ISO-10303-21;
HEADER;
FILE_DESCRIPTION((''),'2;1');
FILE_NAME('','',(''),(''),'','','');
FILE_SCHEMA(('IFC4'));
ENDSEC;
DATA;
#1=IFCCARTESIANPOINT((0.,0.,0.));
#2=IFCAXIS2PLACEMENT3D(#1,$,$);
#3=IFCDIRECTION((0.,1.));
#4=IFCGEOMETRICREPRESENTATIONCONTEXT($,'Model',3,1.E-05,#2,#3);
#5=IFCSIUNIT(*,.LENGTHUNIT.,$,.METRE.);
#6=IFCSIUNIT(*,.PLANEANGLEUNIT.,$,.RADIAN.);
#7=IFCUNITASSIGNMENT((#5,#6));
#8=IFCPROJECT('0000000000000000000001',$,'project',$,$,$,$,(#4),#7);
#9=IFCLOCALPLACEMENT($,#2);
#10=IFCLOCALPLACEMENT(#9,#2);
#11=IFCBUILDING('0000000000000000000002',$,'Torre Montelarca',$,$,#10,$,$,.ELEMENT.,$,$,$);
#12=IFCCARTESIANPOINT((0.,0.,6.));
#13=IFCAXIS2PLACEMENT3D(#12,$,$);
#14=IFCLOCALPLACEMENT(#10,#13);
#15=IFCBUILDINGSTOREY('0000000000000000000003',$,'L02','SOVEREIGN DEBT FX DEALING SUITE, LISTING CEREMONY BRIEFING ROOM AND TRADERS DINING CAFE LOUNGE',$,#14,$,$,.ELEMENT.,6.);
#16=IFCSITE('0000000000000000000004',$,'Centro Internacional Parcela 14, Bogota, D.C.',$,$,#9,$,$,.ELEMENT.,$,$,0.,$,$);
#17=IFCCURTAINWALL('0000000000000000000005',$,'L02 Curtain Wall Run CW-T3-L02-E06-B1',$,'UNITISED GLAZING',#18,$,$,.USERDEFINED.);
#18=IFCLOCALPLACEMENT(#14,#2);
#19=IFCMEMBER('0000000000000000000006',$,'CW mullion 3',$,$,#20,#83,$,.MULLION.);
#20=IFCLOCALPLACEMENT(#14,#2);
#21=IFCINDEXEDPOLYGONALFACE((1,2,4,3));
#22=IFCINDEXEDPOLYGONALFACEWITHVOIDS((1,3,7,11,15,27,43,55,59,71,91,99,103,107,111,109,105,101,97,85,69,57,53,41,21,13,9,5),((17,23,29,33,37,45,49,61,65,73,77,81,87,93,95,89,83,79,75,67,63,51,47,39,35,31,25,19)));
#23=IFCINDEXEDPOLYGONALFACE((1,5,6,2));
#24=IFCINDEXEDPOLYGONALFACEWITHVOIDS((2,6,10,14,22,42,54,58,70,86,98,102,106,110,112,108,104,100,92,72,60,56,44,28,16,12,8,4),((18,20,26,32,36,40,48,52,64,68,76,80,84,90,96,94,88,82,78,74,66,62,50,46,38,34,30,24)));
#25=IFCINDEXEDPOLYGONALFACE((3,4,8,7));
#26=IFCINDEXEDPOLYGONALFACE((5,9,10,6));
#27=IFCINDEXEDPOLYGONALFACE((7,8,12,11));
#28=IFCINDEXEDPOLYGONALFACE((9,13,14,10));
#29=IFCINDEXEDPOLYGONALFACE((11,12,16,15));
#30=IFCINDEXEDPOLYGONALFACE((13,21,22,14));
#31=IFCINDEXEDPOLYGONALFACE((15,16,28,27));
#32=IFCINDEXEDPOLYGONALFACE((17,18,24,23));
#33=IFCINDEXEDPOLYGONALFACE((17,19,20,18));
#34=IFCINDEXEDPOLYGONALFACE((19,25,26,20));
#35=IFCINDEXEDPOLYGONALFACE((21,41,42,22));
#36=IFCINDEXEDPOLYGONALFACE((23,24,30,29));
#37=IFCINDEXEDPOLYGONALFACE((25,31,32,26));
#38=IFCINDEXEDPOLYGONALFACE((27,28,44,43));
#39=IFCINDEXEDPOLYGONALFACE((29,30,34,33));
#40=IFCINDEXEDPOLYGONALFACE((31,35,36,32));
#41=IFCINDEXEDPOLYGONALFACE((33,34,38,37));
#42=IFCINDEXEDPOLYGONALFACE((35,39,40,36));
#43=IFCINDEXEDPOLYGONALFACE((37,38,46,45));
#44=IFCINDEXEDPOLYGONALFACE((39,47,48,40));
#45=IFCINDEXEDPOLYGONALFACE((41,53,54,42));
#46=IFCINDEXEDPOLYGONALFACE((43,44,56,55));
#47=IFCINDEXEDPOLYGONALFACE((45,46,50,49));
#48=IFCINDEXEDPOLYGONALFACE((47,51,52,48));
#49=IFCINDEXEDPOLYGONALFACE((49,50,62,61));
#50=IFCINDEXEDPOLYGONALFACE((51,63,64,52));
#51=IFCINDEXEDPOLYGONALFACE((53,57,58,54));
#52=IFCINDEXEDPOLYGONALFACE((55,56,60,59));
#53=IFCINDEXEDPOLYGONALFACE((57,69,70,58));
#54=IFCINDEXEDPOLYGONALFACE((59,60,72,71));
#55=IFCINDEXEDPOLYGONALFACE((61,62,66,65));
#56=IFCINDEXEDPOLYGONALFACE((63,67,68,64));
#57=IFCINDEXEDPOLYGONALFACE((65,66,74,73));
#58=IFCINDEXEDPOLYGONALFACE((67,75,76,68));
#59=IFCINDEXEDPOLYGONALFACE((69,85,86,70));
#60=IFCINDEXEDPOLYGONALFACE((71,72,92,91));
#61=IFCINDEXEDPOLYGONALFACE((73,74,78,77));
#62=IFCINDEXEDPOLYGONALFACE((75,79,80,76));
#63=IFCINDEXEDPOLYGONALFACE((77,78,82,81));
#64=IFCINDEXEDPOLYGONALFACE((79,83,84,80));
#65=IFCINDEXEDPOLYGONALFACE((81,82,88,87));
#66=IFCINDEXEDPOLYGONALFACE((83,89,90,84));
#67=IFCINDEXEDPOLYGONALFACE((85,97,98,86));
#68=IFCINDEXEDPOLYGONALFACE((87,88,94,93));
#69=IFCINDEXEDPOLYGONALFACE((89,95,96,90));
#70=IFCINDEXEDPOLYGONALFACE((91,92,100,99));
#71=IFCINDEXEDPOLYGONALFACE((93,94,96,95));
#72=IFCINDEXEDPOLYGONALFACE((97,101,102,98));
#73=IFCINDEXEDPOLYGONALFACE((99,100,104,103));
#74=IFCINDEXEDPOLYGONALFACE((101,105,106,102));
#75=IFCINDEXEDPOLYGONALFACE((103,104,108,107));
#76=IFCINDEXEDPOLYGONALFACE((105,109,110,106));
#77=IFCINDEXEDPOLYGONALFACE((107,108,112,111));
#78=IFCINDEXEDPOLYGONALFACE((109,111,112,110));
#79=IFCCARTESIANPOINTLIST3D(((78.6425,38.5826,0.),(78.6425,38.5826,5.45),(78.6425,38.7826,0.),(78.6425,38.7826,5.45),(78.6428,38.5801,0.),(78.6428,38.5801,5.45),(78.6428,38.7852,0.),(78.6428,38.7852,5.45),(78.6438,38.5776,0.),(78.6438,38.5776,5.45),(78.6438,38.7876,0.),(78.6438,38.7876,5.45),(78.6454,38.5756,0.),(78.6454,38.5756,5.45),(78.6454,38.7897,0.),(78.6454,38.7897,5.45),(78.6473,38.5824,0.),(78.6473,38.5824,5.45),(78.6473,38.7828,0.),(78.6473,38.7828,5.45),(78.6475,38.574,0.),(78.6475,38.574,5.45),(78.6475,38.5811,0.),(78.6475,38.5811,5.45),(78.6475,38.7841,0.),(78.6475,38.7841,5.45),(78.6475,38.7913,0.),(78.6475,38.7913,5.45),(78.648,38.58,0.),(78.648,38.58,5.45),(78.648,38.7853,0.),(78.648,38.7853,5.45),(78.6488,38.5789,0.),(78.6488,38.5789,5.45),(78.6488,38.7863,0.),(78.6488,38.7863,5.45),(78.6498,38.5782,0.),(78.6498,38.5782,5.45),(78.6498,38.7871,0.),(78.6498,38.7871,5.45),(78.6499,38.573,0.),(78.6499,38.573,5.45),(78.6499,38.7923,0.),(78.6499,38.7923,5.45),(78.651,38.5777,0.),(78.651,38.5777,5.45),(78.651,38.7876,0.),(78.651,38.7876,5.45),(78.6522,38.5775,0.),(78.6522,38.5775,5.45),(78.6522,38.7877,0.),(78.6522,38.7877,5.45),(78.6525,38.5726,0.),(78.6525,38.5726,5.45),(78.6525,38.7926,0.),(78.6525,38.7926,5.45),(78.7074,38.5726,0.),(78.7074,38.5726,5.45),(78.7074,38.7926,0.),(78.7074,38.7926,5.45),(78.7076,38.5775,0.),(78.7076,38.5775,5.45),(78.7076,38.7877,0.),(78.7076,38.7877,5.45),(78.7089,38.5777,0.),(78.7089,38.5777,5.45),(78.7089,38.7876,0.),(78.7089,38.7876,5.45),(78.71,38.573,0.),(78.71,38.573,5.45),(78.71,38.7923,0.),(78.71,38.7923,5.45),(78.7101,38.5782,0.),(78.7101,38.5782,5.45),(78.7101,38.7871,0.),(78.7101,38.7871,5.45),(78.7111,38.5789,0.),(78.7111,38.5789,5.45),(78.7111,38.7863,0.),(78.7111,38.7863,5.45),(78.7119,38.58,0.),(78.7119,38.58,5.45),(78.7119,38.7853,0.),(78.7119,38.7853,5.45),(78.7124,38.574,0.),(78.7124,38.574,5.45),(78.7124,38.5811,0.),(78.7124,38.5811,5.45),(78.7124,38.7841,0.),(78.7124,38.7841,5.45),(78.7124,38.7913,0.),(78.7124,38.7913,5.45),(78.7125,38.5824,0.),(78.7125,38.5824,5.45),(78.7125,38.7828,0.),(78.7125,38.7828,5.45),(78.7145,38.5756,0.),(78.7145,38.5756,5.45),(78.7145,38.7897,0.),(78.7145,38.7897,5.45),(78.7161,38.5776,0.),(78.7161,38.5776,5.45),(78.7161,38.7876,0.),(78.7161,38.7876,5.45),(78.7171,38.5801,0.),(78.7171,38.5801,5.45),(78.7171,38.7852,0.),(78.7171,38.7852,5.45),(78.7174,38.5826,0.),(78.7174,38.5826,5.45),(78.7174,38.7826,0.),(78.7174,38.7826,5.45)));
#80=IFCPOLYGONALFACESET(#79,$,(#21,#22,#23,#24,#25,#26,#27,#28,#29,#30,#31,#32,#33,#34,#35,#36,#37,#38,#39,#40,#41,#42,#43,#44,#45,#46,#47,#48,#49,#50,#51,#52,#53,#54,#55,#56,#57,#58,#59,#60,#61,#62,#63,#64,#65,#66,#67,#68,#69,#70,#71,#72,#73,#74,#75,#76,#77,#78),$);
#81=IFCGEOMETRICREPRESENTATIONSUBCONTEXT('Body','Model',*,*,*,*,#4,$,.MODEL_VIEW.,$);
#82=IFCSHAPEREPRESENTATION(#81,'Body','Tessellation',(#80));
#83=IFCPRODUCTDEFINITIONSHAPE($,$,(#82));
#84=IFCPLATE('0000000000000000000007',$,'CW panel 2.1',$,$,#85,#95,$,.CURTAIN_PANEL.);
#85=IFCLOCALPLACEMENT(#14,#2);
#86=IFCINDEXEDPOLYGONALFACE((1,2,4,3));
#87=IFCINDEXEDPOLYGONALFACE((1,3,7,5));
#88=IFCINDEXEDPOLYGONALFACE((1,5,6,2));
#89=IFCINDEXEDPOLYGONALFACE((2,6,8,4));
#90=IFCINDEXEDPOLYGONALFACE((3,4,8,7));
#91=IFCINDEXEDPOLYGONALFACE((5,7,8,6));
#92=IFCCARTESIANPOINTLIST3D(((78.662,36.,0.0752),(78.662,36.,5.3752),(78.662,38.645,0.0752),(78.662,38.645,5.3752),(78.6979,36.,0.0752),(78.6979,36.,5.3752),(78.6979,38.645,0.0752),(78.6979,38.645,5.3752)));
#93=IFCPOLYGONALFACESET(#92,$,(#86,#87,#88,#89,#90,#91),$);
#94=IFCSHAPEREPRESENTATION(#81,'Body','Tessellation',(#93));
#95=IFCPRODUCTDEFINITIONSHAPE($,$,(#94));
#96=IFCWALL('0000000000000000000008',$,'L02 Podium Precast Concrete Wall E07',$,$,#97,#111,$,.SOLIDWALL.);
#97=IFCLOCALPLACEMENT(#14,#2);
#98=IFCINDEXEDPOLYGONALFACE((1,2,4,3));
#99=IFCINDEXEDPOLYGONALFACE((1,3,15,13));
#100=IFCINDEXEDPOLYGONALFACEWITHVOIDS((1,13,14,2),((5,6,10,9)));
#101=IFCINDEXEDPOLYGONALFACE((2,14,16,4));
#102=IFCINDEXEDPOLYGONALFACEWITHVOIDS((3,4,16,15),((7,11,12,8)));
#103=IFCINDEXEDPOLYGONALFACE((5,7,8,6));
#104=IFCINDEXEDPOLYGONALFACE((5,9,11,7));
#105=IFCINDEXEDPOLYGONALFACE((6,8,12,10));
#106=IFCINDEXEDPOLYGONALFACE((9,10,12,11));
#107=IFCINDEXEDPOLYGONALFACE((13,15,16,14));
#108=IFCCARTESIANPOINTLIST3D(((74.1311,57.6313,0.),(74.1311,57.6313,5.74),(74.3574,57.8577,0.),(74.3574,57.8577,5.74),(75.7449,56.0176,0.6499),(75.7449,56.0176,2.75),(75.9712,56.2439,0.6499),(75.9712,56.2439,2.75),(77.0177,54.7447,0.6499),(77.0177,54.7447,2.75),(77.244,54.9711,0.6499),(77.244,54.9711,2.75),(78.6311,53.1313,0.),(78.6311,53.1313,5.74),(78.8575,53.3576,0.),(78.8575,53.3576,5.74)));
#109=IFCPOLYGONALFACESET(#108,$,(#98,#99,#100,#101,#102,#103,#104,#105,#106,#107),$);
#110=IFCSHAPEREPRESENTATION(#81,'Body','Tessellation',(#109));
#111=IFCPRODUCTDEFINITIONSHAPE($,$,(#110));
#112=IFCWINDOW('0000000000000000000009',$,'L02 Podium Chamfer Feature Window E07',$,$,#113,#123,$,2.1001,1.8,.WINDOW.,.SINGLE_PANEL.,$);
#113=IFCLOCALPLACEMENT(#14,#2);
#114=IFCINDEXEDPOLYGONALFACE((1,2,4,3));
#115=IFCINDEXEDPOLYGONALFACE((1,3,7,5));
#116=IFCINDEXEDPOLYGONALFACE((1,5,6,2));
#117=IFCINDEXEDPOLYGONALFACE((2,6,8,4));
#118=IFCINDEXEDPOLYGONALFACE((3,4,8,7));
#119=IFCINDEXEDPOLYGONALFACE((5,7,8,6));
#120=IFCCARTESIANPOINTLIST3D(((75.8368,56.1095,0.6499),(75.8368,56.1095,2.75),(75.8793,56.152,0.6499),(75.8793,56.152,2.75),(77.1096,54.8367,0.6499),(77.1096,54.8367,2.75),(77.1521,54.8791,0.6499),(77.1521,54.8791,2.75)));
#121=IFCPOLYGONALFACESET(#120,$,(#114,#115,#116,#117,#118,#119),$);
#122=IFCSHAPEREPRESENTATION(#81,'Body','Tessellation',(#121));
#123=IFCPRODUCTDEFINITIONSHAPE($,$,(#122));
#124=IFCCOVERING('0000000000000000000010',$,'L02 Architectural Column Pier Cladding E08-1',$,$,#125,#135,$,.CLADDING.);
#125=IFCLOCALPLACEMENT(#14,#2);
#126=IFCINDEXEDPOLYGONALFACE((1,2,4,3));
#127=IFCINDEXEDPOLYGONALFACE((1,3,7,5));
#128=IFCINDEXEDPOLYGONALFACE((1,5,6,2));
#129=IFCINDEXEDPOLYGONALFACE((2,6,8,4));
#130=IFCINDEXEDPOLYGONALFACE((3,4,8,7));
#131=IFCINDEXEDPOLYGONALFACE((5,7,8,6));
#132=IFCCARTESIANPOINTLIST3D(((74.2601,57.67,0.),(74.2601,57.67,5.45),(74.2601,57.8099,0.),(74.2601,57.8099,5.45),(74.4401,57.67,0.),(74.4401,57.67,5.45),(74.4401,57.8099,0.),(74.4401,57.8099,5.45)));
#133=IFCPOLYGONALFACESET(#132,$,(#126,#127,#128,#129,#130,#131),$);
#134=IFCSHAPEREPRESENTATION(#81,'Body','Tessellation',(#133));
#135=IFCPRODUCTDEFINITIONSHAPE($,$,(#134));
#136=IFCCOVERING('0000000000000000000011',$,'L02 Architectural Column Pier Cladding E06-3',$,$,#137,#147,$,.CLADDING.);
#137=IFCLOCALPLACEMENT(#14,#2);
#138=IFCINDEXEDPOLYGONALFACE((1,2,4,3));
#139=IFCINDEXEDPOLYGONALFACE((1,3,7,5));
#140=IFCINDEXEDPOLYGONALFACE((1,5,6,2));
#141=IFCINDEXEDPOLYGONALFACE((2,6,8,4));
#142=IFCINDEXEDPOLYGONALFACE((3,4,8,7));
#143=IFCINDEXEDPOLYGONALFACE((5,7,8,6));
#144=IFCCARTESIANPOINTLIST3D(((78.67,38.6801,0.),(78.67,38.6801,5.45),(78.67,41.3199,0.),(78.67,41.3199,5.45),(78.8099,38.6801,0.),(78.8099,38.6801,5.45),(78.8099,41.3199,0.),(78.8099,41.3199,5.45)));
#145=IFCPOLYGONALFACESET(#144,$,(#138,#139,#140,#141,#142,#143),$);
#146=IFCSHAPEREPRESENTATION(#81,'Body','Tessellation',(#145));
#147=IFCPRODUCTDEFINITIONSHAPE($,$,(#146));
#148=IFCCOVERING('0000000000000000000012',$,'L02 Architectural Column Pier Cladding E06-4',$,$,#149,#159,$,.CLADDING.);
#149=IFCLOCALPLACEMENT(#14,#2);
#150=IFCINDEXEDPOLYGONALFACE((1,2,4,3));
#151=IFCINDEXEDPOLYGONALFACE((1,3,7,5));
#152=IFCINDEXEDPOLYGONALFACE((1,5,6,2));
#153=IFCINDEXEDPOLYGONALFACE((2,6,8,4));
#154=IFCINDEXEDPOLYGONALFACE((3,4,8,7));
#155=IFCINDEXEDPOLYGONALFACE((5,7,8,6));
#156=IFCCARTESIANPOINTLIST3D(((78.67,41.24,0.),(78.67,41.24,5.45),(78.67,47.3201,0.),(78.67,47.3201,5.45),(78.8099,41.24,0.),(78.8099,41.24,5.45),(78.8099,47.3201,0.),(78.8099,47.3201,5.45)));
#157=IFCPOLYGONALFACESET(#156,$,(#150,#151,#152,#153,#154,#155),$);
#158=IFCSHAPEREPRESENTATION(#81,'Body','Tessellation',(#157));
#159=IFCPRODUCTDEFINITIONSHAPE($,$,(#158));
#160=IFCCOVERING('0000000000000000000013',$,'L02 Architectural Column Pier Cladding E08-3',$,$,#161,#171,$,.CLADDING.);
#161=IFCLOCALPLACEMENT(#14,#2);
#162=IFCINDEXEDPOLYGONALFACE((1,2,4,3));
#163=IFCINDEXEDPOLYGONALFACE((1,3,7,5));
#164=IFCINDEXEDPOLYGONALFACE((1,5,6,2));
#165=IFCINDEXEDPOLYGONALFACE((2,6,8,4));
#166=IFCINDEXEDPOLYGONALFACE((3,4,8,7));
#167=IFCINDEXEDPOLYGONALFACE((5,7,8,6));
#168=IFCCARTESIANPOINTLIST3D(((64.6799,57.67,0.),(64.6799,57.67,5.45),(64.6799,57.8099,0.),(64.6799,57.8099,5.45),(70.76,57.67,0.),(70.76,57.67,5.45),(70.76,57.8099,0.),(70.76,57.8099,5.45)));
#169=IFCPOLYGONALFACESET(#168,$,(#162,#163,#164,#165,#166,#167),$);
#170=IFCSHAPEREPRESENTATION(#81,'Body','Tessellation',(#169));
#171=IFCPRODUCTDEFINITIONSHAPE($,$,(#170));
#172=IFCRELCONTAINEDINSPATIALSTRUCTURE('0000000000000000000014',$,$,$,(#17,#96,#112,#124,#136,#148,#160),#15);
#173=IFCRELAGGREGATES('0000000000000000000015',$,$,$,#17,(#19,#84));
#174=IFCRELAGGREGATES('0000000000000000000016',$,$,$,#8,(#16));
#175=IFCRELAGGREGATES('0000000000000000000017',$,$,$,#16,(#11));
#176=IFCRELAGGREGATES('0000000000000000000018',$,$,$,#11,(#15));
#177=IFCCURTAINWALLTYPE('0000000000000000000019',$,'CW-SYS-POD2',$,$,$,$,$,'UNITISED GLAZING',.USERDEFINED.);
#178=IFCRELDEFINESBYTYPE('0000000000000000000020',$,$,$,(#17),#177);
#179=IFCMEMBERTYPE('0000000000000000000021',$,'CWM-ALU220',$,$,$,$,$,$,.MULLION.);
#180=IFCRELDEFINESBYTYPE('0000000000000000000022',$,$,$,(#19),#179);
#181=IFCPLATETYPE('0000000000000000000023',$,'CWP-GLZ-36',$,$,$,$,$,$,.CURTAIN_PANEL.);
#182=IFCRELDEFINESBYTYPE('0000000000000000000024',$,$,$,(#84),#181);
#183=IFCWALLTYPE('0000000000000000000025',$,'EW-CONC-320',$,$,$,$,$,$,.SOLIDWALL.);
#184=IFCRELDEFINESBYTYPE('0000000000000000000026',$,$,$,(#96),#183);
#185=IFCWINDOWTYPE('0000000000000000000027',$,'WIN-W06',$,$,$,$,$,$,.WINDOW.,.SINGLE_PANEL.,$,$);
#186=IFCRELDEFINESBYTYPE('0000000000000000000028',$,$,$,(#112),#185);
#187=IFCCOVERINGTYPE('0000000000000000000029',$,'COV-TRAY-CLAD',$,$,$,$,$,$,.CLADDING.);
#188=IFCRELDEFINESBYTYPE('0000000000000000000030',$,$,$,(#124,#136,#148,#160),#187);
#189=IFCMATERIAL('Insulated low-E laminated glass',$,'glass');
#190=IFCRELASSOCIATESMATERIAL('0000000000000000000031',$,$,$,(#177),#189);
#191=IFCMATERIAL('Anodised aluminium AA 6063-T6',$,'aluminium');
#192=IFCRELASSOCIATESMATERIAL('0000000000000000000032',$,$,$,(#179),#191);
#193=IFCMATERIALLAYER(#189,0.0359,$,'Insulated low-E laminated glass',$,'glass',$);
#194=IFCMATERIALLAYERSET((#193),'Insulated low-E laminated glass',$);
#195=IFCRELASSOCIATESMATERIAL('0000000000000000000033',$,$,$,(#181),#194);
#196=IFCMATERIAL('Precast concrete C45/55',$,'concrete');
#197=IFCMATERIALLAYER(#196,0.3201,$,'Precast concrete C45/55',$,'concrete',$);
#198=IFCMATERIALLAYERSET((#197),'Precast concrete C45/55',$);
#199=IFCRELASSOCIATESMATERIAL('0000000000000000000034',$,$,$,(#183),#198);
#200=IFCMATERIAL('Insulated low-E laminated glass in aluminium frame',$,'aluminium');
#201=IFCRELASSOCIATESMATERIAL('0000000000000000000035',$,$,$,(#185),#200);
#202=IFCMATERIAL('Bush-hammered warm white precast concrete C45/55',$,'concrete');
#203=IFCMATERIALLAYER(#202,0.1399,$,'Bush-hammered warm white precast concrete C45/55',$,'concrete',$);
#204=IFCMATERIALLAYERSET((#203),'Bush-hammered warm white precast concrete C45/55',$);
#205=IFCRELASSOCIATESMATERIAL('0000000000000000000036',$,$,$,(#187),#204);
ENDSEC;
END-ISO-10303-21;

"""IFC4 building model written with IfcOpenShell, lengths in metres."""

from ifc_helpers import new_model, si_unit, direction, frame, frame_2d, origin, origin_2d, place, context, subcontext, project, spatial, rectangle, hollow_rectangle, extrude, source, transform, mapped, material, layer, layer_set, material_profile, profile_set, type_object, element, fill, aggregate, save


model = new_model("IFC4")

# Units and contexts
model_context = context("Model", 3, precision=1e-05, world=origin(), true_north=direction((0.0, 1.0)))
body_context = subcontext(model_context, "Body", "Model", "MODEL_VIEW")
ifc_project = project(units=[si_unit("LENGTHUNIT", "METRE"), si_unit("PLANEANGLEUNIT", "RADIAN")], contexts=[model_context])

# Site, building, storey
site_placement = place(None, origin())
site = spatial("IfcSite", under=ifc_project, at=site_placement, Name="Centro Internacional Parcela 14, Bogota, D.C.", CompositionType="ELEMENT", RefElevation=0.0)
building_placement = place(site_placement, origin())
building = spatial("IfcBuilding", under=site, at=building_placement, Name="Torre Montelarca", CompositionType="ELEMENT")
storey_placement = place(building_placement, frame((0.0, 0.0, 6.0)))
storey = spatial("IfcBuildingStorey", under=building, at=storey_placement, Name="L02", Description="SOVEREIGN DEBT FX DEALING SUITE, LISTING CEREMONY BRIEFING ROOM AND TRADERS DINING CAFE LOUNGE", CompositionType="ELEMENT", Elevation=6.0)

# Curtain wall, member, plate
ifc_material_1 = material(Name="Insulated low-E laminated glass", Category="glass")
curtain_wall_type = type_object("IfcCurtainWallType", Name="CW-SYS-POD2", ElementType="UNITISED GLAZING", PredefinedType="USERDEFINED", material=ifc_material_1)
curtain_wall_placement = place(storey_placement, origin())
curtain_wall = element("IfcCurtainWall", 1, at=curtain_wall_placement, inside=storey, type_object=curtain_wall_type, Name="L02 Curtain Wall Run CW-T3-L02-E06-B1", ObjectType="UNITISED GLAZING", PredefinedType="USERDEFINED")
ifc_material_2 = material(Name="Anodised aluminium AA 6063-T6", Category="aluminium")
ifc_material_profile_1 = material_profile(ifc_material_2, hollow_rectangle(XDim=0.075, YDim=0.22, WallThickness=0.0049, InnerFilletRadius=0.0049, OuterFilletRadius=0.01, at=origin_2d()), Name="ALU75X220X5", Category="aluminium")
ifc_profile_set_1 = profile_set([ifc_material_profile_1], Name="Anodised aluminium AA 6063-T6")
member_type = type_object("IfcMemberType", Name="CWM-ALU220", PredefinedType="MULLION", material=ifc_profile_set_1)
shared_shape_1 = source(origin(), body_context, "Body", "SweptSolid", [
    extrude(hollow_rectangle(XDim=0.075, YDim=0.22, WallThickness=0.0049, InnerFilletRadius=0.0049, OuterFilletRadius=0.01, at=origin_2d()), origin(), (0.0, 0.0, 1.0), 5.45),
])
member_placement = place(storey_placement, frame((78.6799, 38.6826, 0.0), z_axis=(0.0, 0.0, 1.0), x_axis=(-1.0, 0.0, 0.0)))
member = element("IfcMember", 2, at=member_placement, type_object=member_type, Name="CW mullion 3", PredefinedType="MULLION", context=body_context, shape_type="MappedRepresentation", body=[
    mapped(shared_shape_1, transform((0.0, 0.0, 0.0), scale=1.0)),
])
ifc_layer_1 = layer(ifc_material_1, 0.0359, Name="Insulated low-E laminated glass", Category="glass")
ifc_layer_set_1 = layer_set([ifc_layer_1], Name="Insulated low-E laminated glass")
plate_type = type_object("IfcPlateType", Name="CWP-GLZ-36", PredefinedType="CURTAIN_PANEL", material=ifc_layer_set_1)
shared_shape_2 = source(origin(), body_context, "Body", "SweptSolid", [
    extrude(rectangle(XDim=2.645, YDim=0.0359, at=origin_2d()), origin(), (0.0, 0.0, 1.0), 5.3),
])
plate_placement = place(storey_placement, frame((78.6799, 37.3225, 0.0752), z_axis=(0.0, 0.0, 1.0), x_axis=(0.0, 1.0, 0.0)))
plate = element("IfcPlate", 3, at=plate_placement, type_object=plate_type, Name="CW panel 2.1", PredefinedType="CURTAIN_PANEL", context=body_context, shape_type="MappedRepresentation", body=[
    mapped(shared_shape_2, transform((0.0, 0.0, 0.0), scale=1.0)),
])
aggregate(curtain_wall, [member, plate])

# Wall, opening, window
ifc_material_3 = material(Name="Precast concrete C45/55", Category="concrete")
ifc_layer_2 = layer(ifc_material_3, 0.3201, Name="Precast concrete C45/55", Category="concrete")
ifc_layer_set_2 = layer_set([ifc_layer_2], Name="Precast concrete C45/55")
wall_type = type_object("IfcWallType", Name="EW-CONC-320", PredefinedType="SOLIDWALL", material=ifc_layer_set_2)
wall_placement = place(storey_placement, frame((78.7444, 53.2444, 0.0), z_axis=(0.0, 0.0, 1.0), x_axis=(-0.707107, 0.707107, 0.0)))
wall = element("IfcWall", 4, at=wall_placement, inside=storey, type_object=wall_type, Name="L02 Podium Precast Concrete Wall E07", PredefinedType="SOLIDWALL", context=body_context, shape_type="SweptSolid", body=[
    extrude(rectangle(XDim=6.364, YDim=0.3201, at=frame_2d((3.1821, 0.0))), origin(), (0.0, 0.0, 1.0), 5.74),
])
opening_placement = place(wall_placement, frame((2.282, 0.0, 0.6499)))
opening = element("IfcOpeningElement", 5, at=opening_placement, cuts=wall, PredefinedType="OPENING", context=body_context, shape_type="SweptSolid", body=[
    extrude(rectangle(XDim=1.8, YDim=2.1001, at=frame_2d((0.8999, 1.05))), frame((0.0, 0.1699, 0.0), z_axis=(0.0, -1.0, 0.0), x_axis=(1.0, 0.0, 0.0)), (0.0, 0.0, 1.0), 0.3401),
])
ifc_material_4 = material(Name="Insulated low-E laminated glass in aluminium frame", Category="aluminium")
window_type = type_object("IfcWindowType", Name="WIN-W06", PartitioningType="SINGLE_PANEL", PredefinedType="WINDOW", material=ifc_material_4)
shared_shape_3 = source(origin(), body_context, "Body", "SweptSolid", [
    extrude(rectangle(XDim=1.8, YDim=2.1001, at=frame_2d((0.8999, 1.05))), frame((0.0, 0.03, 0.0), z_axis=(0.0, -1.0, 0.0), x_axis=(1.0, 0.0, 0.0)), (0.0, 0.0, 1.0), 0.0601),
])
window_placement = place(opening_placement, origin())
window = element("IfcWindow", 6, at=window_placement, inside=storey, type_object=window_type, Name="L02 Podium Chamfer Feature Window E07", OverallHeight=2.1001, OverallWidth=1.8, PartitioningType="SINGLE_PANEL", PredefinedType="WINDOW", context=body_context, shape_type="MappedRepresentation", body=[
    mapped(shared_shape_3, transform((0.0, 0.0, 0.0), scale=1.0)),
])
fill(opening, window)

# Coverings
ifc_material_5 = material(Name="Bush-hammered warm white precast concrete C45/55", Category="concrete")
ifc_layer_3 = layer(ifc_material_5, 0.1399, Name="Bush-hammered warm white precast concrete C45/55", Category="concrete")
ifc_layer_set_3 = layer_set([ifc_layer_3], Name="Bush-hammered warm white precast concrete C45/55")
covering_type = type_object("IfcCoveringType", Name="COV-TRAY-CLAD", PredefinedType="CLADDING", material=ifc_layer_set_3)
shared_shape_4 = source(origin(), body_context, "Body", "SweptSolid", [
    extrude(rectangle(XDim=0.1799, YDim=0.1399, at=origin_2d()), origin(), (0.0, 0.0, 1.0), 5.45),
])
covering_1_placement = place(storey_placement, frame((74.3501, 57.74, 0.0), z_axis=(0.0, 0.0, 1.0), x_axis=(-1.0, 0.0, 0.0)))
element("IfcCovering", 7, at=covering_1_placement, inside=storey, type_object=covering_type, Name="L02 Architectural Column Pier Cladding E08-1", PredefinedType="CLADDING", context=body_context, shape_type="MappedRepresentation", body=[
    mapped(shared_shape_4, transform((0.0, 0.0, 0.0), scale=1.0)),
])
shared_shape_5 = source(origin(), body_context, "Body", "SweptSolid", [
    extrude(rectangle(XDim=2.6399, YDim=0.1399, at=origin_2d()), origin(), (0.0, 0.0, 1.0), 5.45),
])
covering_2_placement = place(storey_placement, frame((78.74, 40.0, 0.0), z_axis=(0.0, 0.0, 1.0), x_axis=(0.0, 1.0, 0.0)))
element("IfcCovering", 8, at=covering_2_placement, inside=storey, type_object=covering_type, Name="L02 Architectural Column Pier Cladding E06-3", PredefinedType="CLADDING", context=body_context, shape_type="MappedRepresentation", body=[
    mapped(shared_shape_5, transform((0.0, 0.0, 0.0), scale=1.0)),
])
shared_shape_6 = source(origin(), body_context, "Body", "SweptSolid", [
    extrude(rectangle(XDim=6.0801, YDim=0.1399, at=origin_2d()), origin(), (0.0, 0.0, 1.0), 5.45),
])
for number, where, z_axis, x_axis, name in (
    (9, (78.74, 44.28, 0.0), (0.0, 0.0, 1.0), (0.0, 1.0, 0.0), "L02 Architectural Column Pier Cladding E06-4"),
    (10, (67.72, 57.74, 0.0), (0.0, 0.0, 1.0), (-1.0, 0.0, 0.0), "L02 Architectural Column Pier Cladding E08-3"),
):
    element("IfcCovering", number, at=place(storey_placement, frame(where, z_axis=z_axis, x_axis=x_axis)), inside=storey, type_object=covering_type, Name=name, PredefinedType="CLADDING", context=body_context, shape_type="MappedRepresentation", body=[
        mapped(shared_shape_6, transform((0.0, 0.0, 0.0), scale=1.0)),
    ])

save(model, "model.ifc")
